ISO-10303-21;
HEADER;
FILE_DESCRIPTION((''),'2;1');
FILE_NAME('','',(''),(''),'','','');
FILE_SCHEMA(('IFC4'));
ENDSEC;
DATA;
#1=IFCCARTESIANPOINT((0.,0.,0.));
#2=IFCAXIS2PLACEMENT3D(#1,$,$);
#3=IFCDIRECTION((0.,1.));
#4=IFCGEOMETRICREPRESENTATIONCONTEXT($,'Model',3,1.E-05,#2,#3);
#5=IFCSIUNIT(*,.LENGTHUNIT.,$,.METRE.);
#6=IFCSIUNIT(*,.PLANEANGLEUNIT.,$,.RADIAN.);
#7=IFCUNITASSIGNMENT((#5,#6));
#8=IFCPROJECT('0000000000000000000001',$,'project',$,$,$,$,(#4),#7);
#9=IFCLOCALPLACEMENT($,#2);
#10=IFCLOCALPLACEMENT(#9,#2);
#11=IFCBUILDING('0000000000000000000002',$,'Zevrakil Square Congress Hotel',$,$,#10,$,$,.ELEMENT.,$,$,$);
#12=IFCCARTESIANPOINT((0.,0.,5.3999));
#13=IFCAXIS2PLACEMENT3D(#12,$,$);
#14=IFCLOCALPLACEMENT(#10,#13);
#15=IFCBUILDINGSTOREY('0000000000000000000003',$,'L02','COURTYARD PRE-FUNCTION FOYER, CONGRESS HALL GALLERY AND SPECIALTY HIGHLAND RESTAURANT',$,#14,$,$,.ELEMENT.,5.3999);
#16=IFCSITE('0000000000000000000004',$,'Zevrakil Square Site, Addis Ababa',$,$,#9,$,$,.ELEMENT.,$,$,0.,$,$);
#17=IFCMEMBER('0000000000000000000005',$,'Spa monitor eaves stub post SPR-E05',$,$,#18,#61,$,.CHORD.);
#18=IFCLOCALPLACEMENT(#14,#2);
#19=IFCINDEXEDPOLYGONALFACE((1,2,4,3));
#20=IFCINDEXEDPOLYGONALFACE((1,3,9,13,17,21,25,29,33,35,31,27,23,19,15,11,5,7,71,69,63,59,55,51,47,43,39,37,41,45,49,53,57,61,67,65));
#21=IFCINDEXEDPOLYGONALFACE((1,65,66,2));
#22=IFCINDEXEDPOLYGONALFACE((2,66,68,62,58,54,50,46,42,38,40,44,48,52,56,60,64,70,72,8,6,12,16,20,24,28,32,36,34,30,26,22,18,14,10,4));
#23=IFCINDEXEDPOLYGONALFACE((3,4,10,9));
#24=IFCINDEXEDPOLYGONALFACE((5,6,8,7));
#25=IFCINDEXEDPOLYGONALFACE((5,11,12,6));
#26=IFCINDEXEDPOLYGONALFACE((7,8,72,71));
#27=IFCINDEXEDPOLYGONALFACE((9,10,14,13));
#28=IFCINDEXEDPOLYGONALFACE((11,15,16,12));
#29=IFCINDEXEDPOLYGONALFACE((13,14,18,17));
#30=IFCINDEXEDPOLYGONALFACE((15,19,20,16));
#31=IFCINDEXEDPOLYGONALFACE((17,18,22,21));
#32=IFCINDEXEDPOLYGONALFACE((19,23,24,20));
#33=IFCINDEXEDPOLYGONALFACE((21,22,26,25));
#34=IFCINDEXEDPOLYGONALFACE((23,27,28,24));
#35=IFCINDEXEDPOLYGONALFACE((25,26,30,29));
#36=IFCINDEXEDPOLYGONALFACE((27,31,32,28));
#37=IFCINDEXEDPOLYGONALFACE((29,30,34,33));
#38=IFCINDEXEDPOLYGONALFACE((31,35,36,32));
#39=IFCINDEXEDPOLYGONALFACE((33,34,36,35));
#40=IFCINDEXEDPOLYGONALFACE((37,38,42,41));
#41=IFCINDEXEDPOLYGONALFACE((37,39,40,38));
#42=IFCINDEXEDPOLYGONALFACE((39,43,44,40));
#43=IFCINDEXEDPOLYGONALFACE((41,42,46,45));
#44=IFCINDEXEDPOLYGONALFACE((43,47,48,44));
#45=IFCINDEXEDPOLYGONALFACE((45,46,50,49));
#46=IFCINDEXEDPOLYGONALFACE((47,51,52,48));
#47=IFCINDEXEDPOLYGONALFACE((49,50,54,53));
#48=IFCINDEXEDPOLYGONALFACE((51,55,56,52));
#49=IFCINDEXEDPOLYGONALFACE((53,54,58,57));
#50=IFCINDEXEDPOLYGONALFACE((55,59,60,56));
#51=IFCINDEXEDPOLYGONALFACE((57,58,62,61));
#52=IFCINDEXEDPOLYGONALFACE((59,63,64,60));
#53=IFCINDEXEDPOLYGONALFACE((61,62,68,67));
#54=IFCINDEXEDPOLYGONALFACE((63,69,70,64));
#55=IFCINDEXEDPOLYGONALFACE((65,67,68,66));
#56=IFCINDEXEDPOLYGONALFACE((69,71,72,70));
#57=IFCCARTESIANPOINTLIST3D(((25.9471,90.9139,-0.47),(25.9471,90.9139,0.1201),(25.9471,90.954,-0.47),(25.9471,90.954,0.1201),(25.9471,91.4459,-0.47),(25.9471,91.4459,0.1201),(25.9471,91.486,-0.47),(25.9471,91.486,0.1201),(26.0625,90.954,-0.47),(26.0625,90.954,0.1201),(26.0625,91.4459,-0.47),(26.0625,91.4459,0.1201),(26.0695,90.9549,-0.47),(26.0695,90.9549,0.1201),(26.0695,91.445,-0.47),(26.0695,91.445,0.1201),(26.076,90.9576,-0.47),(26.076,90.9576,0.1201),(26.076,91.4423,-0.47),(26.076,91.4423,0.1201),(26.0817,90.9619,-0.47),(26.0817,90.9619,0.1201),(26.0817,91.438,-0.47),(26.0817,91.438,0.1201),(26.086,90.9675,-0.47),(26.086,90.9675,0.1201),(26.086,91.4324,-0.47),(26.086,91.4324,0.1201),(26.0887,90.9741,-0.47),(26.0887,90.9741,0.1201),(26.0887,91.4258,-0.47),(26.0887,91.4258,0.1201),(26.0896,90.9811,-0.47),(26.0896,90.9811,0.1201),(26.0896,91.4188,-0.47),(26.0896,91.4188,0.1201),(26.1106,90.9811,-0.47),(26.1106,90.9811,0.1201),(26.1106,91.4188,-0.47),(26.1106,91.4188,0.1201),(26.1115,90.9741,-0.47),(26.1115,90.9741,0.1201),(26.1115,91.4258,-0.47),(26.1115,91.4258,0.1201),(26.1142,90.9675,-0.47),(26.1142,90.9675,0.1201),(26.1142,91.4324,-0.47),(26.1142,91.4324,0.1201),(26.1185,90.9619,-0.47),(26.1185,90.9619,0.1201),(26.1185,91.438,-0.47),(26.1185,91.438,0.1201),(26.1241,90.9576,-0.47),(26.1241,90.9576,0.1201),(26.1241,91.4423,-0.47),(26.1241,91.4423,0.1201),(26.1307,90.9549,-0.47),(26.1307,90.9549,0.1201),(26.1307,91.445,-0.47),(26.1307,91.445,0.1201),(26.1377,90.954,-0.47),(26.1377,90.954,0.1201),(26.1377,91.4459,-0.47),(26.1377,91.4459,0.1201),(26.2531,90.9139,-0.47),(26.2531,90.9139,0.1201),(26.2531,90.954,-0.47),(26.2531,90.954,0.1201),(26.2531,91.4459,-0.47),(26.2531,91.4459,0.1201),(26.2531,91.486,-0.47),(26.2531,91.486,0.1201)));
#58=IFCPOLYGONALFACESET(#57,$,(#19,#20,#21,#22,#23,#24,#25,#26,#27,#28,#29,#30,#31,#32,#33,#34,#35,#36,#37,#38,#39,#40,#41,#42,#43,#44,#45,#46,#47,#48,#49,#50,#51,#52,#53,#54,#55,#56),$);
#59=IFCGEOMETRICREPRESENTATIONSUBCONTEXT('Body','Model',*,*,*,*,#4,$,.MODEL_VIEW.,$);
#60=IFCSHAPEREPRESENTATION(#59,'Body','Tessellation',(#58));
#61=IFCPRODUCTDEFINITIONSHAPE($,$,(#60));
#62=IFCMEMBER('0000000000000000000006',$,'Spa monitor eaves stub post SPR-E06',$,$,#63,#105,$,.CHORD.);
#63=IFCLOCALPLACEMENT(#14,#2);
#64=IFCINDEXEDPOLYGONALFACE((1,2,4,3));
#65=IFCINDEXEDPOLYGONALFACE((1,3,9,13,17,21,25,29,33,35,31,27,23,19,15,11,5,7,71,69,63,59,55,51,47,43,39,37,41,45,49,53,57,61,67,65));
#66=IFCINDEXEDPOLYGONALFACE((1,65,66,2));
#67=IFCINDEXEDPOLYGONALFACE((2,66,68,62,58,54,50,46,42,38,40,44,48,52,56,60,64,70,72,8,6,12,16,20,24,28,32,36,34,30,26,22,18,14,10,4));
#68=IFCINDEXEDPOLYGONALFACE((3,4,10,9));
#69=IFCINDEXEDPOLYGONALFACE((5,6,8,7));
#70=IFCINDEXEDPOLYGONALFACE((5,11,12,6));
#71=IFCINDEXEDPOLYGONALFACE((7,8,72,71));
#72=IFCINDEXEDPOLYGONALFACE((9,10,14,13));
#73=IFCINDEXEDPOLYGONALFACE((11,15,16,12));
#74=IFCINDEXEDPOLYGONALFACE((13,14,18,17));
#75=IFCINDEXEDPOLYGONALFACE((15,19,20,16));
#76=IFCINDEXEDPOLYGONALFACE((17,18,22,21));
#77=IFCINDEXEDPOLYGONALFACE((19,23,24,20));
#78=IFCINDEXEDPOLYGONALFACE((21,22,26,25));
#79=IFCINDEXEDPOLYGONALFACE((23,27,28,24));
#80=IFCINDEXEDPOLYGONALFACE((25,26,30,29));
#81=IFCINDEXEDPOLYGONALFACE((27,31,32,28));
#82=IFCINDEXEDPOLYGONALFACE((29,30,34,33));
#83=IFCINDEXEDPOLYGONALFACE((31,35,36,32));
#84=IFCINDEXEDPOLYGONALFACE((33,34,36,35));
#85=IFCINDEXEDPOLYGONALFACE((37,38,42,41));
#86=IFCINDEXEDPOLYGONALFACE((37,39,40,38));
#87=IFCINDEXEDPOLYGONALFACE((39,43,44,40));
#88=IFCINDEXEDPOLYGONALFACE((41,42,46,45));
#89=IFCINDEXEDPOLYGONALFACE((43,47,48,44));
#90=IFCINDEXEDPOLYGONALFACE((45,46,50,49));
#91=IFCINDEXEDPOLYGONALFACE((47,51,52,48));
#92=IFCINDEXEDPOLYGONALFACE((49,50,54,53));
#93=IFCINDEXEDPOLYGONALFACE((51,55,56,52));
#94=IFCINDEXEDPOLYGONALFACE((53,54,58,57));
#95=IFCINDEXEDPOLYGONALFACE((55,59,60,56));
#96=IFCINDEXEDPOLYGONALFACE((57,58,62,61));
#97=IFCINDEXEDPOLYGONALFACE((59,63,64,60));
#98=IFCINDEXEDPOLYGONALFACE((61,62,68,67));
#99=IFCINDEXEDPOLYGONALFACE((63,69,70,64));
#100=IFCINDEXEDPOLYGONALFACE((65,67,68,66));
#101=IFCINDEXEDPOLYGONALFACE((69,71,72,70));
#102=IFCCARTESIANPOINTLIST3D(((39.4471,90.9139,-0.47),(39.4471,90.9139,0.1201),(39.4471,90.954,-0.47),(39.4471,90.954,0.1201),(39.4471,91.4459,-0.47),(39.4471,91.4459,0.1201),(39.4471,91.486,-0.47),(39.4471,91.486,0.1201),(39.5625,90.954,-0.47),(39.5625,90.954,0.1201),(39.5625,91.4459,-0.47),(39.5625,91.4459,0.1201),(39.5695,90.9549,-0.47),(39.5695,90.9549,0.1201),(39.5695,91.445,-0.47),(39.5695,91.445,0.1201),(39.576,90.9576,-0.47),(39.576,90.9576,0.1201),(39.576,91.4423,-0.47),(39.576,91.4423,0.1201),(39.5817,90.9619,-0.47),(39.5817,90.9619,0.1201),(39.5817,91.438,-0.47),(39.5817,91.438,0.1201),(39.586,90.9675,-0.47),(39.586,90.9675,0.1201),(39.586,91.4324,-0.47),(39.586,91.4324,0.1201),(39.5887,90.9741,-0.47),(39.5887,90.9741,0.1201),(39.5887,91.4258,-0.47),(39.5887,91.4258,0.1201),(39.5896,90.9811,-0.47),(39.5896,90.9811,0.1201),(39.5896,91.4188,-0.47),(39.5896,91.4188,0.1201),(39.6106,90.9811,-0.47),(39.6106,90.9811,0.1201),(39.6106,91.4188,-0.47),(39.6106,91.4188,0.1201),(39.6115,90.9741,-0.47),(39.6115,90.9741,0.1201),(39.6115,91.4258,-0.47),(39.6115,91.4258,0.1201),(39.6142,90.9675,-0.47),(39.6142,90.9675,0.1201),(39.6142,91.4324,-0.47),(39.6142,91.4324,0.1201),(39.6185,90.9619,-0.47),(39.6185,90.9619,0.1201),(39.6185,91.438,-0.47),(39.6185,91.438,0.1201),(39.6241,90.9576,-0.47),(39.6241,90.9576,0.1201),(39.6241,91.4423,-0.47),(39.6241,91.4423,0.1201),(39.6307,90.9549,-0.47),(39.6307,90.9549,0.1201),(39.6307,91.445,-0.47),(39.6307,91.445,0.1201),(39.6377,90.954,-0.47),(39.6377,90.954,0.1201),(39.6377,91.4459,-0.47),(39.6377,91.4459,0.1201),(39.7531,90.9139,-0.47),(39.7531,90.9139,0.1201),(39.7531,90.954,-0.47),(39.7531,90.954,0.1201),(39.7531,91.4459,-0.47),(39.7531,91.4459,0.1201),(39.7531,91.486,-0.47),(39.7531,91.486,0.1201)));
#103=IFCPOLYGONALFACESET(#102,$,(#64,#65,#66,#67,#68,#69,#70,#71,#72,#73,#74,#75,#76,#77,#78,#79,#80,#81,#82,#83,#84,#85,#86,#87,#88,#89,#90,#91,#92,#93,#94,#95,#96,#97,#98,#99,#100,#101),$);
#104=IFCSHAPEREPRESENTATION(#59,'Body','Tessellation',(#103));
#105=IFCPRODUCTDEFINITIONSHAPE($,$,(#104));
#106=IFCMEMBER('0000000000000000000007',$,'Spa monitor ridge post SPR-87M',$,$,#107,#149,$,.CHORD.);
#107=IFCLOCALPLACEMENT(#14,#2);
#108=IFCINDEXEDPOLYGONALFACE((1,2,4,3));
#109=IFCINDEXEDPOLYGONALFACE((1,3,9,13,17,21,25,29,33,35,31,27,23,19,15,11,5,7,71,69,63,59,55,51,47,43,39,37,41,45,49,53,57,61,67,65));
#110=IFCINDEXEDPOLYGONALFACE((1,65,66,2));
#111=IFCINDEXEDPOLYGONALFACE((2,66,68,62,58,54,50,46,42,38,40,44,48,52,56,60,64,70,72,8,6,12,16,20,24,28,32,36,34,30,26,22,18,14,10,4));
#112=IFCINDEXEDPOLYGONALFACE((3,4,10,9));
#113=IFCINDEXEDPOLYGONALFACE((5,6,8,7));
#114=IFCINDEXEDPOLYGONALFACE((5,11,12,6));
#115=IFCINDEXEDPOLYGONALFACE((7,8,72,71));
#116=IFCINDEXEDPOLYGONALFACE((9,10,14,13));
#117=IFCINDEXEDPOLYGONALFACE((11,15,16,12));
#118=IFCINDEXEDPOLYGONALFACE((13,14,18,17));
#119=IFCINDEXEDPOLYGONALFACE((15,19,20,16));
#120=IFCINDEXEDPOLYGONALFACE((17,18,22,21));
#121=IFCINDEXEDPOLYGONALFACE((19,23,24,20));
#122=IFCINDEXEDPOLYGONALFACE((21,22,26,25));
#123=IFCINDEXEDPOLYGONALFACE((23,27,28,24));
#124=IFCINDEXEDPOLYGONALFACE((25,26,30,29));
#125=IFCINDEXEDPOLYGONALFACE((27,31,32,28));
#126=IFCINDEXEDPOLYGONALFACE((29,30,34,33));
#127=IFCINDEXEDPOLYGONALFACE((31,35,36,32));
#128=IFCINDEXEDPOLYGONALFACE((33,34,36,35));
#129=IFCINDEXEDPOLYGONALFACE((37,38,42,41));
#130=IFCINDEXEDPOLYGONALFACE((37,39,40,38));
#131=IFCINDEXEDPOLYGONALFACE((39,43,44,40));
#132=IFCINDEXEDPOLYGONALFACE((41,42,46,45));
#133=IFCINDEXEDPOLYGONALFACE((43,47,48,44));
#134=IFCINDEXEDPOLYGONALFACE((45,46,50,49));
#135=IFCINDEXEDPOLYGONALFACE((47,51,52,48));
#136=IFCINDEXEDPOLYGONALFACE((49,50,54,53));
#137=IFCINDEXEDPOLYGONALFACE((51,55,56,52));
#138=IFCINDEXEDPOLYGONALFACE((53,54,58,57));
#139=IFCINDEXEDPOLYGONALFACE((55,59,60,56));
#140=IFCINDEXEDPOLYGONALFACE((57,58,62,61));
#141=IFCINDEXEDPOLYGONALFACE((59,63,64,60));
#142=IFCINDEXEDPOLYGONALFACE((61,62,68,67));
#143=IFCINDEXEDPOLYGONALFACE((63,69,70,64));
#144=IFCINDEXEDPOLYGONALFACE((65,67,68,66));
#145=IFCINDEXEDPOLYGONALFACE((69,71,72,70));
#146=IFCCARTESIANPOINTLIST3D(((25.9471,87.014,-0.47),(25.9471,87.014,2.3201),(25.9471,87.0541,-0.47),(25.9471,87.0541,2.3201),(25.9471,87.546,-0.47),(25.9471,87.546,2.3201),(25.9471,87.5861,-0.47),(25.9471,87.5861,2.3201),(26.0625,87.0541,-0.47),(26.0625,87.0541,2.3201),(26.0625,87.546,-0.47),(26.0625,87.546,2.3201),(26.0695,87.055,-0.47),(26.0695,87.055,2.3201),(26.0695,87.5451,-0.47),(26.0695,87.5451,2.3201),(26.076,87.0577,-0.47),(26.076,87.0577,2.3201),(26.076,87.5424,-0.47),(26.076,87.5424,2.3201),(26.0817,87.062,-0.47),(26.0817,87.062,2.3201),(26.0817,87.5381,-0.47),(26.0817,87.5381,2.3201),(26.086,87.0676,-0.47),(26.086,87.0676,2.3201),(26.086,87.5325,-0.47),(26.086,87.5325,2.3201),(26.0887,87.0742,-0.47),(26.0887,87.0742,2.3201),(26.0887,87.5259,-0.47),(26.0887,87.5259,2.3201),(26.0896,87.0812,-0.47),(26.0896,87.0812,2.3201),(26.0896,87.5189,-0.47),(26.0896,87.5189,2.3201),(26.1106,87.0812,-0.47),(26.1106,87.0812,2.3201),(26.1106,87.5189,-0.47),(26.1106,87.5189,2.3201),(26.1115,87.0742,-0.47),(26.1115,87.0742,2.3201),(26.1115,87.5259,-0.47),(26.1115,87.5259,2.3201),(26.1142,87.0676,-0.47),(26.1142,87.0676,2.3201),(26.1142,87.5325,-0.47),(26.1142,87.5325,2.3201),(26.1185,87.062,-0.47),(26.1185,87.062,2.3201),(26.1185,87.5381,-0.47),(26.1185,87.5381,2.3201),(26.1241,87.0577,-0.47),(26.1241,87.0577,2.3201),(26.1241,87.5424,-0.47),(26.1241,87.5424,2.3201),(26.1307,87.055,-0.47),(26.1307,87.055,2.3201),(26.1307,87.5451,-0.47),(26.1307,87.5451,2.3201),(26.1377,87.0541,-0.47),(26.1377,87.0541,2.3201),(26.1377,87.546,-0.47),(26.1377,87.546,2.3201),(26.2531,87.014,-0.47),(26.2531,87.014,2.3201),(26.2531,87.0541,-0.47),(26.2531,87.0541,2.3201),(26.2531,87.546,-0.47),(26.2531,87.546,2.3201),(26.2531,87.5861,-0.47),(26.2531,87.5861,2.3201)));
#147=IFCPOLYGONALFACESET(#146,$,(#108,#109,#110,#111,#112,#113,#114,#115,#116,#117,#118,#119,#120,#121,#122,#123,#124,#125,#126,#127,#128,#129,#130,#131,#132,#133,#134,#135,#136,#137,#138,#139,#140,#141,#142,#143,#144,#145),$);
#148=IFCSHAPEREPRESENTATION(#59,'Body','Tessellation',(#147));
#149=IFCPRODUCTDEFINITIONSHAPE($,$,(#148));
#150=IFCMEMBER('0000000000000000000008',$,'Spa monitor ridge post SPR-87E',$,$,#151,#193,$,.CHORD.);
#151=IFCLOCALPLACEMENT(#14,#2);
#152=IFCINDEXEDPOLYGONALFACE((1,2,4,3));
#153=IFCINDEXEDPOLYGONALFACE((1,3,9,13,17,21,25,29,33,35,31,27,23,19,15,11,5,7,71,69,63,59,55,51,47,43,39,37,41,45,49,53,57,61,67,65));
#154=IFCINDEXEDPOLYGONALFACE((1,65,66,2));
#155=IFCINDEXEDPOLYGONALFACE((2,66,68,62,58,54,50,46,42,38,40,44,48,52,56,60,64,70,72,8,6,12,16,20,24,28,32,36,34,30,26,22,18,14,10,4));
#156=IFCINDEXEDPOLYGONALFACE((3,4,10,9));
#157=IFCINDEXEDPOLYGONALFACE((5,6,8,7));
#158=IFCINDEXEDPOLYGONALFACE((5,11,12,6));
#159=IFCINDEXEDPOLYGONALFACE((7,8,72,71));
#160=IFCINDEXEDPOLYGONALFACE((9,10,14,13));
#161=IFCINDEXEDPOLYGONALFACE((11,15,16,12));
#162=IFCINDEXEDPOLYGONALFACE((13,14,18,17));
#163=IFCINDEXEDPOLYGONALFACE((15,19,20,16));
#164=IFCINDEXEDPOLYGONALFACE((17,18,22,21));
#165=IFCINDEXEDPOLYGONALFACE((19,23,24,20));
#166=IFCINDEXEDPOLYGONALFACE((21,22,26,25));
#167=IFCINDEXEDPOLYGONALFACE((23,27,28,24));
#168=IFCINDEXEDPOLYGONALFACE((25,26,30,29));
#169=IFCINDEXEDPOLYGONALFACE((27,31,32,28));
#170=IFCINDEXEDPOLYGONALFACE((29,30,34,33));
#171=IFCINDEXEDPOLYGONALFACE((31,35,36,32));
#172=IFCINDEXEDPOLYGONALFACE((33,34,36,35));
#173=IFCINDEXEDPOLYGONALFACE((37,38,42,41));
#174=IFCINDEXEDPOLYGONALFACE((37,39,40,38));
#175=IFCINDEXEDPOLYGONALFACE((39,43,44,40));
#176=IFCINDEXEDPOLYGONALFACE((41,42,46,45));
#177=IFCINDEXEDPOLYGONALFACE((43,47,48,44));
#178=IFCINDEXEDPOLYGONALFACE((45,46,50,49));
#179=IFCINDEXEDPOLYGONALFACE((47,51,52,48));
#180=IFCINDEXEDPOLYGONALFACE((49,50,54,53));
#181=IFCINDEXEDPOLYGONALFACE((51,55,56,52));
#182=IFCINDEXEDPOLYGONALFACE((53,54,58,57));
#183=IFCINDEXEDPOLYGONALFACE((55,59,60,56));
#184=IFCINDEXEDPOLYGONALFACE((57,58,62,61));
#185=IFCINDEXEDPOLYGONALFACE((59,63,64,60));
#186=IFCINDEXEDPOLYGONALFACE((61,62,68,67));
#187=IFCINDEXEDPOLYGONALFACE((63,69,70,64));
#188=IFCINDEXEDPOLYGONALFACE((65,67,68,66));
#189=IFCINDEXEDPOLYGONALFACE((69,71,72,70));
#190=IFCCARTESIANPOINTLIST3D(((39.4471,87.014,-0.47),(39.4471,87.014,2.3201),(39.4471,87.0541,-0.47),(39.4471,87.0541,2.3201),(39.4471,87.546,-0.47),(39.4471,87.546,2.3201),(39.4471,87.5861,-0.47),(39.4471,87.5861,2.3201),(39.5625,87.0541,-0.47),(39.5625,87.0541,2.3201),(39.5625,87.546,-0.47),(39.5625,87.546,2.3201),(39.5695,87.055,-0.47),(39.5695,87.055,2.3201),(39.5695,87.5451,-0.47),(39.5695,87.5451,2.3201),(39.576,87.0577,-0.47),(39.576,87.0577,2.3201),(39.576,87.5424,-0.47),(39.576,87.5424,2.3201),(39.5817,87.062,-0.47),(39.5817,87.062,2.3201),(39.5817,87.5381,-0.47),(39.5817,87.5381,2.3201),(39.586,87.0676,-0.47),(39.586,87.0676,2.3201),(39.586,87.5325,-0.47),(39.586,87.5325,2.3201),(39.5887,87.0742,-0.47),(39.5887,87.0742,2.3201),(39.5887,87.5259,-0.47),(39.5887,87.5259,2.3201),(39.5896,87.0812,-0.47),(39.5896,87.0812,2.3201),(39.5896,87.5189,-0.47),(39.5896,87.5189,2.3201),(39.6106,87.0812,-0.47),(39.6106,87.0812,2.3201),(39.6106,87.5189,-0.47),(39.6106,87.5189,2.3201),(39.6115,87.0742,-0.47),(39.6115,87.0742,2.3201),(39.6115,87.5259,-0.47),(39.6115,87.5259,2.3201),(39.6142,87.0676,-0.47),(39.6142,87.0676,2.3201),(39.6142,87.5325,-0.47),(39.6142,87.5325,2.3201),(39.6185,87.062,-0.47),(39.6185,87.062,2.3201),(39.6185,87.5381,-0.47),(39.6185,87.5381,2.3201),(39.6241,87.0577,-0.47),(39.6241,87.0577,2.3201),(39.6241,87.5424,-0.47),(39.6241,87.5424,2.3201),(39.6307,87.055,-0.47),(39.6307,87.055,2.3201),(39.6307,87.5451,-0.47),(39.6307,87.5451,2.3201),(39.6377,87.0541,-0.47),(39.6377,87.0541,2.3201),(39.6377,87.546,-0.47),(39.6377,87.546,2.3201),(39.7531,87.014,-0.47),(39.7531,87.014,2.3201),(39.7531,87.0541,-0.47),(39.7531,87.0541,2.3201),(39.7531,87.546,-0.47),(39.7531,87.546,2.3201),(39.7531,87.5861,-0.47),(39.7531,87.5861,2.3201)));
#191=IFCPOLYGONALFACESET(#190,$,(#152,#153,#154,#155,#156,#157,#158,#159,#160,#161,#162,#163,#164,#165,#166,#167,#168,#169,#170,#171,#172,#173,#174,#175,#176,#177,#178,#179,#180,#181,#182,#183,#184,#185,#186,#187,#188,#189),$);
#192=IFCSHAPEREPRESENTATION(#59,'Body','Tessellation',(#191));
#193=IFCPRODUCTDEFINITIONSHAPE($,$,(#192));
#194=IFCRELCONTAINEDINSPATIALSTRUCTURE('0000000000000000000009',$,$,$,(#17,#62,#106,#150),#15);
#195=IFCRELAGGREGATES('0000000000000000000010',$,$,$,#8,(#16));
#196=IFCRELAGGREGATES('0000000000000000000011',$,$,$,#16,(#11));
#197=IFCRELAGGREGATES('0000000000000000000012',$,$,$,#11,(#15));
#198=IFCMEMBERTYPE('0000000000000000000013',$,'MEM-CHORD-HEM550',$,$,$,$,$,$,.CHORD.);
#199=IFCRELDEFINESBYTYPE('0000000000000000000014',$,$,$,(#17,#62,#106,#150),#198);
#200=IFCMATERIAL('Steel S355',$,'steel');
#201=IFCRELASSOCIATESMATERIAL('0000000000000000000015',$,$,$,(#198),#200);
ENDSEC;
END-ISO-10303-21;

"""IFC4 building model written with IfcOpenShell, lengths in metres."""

from ifc_helpers import new_model, si_unit, direction, frame, origin, origin_2d, place, context, subcontext, project, spatial, i_section, extrude, material, material_profile, profile_set, type_object, element, save


model = new_model("IFC4")

# Units and contexts
model_context = context("Model", 3, precision=1e-05, world=origin(), true_north=direction((0.0, 1.0)))
body_context = subcontext(model_context, "Body", "Model", "MODEL_VIEW")
ifc_project = project(units=[si_unit("LENGTHUNIT", "METRE"), si_unit("PLANEANGLEUNIT", "RADIAN")], contexts=[model_context])

# Site, building, storey
site_placement = place(None, origin())
site = spatial("IfcSite", under=ifc_project, at=site_placement, Name="Zevrakil Square Site, Addis Ababa", CompositionType="ELEMENT", RefElevation=0.0)
building_placement = place(site_placement, origin())
building = spatial("IfcBuilding", under=site, at=building_placement, Name="Zevrakil Square Congress Hotel", CompositionType="ELEMENT")
storey_placement = place(building_placement, frame((0.0, 0.0, 5.3999)))
storey = spatial("IfcBuildingStorey", under=building, at=storey_placement, Name="L02", Description="COURTYARD PRE-FUNCTION FOYER, CONGRESS HALL GALLERY AND SPECIALTY HIGHLAND RESTAURANT", CompositionType="ELEMENT", Elevation=5.3999)

# Members
ifc_material_1 = material(Name="Steel S355", Category="steel")
ifc_material_profile_1 = material_profile(ifc_material_1, i_section(OverallWidth=0.3059, OverallDepth=0.572, WebThickness=0.021, FlangeThickness=0.04, FilletRadius=0.0271, at=origin_2d()), Name="HEM 550")
ifc_profile_set_1 = profile_set([ifc_material_profile_1], Name="Steel S355")
member_type_1 = type_object("IfcMemberType", Name="MEM-CHORD-HEM550", PredefinedType="CHORD", material=ifc_profile_set_1)
for number, where, z_axis, x_axis, name in (
    (1, (26.1001, 91.2, -0.47), (0.0, 0.0, 1.0), (1.0, 0.0, 0.0), "Spa monitor eaves stub post SPR-E05"),
    (2, (39.6001, 91.2, -0.47), (0.0, 0.0, 1.0), (1.0, 0.0, 0.0), "Spa monitor eaves stub post SPR-E06"),
):
    element("IfcMember", number, at=place(storey_placement, frame(where, z_axis=z_axis, x_axis=x_axis)), inside=storey, type_object=member_type_1, Name=name, PredefinedType="CHORD", context=body_context, shape_type="SweptSolid", body=[
        extrude(i_section(OverallWidth=0.3059, OverallDepth=0.572, WebThickness=0.021, FlangeThickness=0.04, FilletRadius=0.0271, at=origin_2d()), origin(), (0.0, 0.0, 1.0), 0.5901),
    ])
for number, where, z_axis, x_axis, name in (
    (3, (26.1001, 87.3, -0.47), (0.0, 0.0, 1.0), (1.0, 0.0, 0.0), "Spa monitor ridge post SPR-87M"),
    (4, (39.6001, 87.3, -0.47), (0.0, 0.0, 1.0), (1.0, 0.0, 0.0), "Spa monitor ridge post SPR-87E"),
):
    element("IfcMember", number, at=place(storey_placement, frame(where, z_axis=z_axis, x_axis=x_axis)), inside=storey, type_object=member_type_1, Name=name, PredefinedType="CHORD", context=body_context, shape_type="SweptSolid", body=[
        extrude(i_section(OverallWidth=0.3059, OverallDepth=0.572, WebThickness=0.021, FlangeThickness=0.04, FilletRadius=0.0271, at=origin_2d()), origin(), (0.0, 0.0, 1.0), 2.79),
    ])

save(model, "model.ifc")
